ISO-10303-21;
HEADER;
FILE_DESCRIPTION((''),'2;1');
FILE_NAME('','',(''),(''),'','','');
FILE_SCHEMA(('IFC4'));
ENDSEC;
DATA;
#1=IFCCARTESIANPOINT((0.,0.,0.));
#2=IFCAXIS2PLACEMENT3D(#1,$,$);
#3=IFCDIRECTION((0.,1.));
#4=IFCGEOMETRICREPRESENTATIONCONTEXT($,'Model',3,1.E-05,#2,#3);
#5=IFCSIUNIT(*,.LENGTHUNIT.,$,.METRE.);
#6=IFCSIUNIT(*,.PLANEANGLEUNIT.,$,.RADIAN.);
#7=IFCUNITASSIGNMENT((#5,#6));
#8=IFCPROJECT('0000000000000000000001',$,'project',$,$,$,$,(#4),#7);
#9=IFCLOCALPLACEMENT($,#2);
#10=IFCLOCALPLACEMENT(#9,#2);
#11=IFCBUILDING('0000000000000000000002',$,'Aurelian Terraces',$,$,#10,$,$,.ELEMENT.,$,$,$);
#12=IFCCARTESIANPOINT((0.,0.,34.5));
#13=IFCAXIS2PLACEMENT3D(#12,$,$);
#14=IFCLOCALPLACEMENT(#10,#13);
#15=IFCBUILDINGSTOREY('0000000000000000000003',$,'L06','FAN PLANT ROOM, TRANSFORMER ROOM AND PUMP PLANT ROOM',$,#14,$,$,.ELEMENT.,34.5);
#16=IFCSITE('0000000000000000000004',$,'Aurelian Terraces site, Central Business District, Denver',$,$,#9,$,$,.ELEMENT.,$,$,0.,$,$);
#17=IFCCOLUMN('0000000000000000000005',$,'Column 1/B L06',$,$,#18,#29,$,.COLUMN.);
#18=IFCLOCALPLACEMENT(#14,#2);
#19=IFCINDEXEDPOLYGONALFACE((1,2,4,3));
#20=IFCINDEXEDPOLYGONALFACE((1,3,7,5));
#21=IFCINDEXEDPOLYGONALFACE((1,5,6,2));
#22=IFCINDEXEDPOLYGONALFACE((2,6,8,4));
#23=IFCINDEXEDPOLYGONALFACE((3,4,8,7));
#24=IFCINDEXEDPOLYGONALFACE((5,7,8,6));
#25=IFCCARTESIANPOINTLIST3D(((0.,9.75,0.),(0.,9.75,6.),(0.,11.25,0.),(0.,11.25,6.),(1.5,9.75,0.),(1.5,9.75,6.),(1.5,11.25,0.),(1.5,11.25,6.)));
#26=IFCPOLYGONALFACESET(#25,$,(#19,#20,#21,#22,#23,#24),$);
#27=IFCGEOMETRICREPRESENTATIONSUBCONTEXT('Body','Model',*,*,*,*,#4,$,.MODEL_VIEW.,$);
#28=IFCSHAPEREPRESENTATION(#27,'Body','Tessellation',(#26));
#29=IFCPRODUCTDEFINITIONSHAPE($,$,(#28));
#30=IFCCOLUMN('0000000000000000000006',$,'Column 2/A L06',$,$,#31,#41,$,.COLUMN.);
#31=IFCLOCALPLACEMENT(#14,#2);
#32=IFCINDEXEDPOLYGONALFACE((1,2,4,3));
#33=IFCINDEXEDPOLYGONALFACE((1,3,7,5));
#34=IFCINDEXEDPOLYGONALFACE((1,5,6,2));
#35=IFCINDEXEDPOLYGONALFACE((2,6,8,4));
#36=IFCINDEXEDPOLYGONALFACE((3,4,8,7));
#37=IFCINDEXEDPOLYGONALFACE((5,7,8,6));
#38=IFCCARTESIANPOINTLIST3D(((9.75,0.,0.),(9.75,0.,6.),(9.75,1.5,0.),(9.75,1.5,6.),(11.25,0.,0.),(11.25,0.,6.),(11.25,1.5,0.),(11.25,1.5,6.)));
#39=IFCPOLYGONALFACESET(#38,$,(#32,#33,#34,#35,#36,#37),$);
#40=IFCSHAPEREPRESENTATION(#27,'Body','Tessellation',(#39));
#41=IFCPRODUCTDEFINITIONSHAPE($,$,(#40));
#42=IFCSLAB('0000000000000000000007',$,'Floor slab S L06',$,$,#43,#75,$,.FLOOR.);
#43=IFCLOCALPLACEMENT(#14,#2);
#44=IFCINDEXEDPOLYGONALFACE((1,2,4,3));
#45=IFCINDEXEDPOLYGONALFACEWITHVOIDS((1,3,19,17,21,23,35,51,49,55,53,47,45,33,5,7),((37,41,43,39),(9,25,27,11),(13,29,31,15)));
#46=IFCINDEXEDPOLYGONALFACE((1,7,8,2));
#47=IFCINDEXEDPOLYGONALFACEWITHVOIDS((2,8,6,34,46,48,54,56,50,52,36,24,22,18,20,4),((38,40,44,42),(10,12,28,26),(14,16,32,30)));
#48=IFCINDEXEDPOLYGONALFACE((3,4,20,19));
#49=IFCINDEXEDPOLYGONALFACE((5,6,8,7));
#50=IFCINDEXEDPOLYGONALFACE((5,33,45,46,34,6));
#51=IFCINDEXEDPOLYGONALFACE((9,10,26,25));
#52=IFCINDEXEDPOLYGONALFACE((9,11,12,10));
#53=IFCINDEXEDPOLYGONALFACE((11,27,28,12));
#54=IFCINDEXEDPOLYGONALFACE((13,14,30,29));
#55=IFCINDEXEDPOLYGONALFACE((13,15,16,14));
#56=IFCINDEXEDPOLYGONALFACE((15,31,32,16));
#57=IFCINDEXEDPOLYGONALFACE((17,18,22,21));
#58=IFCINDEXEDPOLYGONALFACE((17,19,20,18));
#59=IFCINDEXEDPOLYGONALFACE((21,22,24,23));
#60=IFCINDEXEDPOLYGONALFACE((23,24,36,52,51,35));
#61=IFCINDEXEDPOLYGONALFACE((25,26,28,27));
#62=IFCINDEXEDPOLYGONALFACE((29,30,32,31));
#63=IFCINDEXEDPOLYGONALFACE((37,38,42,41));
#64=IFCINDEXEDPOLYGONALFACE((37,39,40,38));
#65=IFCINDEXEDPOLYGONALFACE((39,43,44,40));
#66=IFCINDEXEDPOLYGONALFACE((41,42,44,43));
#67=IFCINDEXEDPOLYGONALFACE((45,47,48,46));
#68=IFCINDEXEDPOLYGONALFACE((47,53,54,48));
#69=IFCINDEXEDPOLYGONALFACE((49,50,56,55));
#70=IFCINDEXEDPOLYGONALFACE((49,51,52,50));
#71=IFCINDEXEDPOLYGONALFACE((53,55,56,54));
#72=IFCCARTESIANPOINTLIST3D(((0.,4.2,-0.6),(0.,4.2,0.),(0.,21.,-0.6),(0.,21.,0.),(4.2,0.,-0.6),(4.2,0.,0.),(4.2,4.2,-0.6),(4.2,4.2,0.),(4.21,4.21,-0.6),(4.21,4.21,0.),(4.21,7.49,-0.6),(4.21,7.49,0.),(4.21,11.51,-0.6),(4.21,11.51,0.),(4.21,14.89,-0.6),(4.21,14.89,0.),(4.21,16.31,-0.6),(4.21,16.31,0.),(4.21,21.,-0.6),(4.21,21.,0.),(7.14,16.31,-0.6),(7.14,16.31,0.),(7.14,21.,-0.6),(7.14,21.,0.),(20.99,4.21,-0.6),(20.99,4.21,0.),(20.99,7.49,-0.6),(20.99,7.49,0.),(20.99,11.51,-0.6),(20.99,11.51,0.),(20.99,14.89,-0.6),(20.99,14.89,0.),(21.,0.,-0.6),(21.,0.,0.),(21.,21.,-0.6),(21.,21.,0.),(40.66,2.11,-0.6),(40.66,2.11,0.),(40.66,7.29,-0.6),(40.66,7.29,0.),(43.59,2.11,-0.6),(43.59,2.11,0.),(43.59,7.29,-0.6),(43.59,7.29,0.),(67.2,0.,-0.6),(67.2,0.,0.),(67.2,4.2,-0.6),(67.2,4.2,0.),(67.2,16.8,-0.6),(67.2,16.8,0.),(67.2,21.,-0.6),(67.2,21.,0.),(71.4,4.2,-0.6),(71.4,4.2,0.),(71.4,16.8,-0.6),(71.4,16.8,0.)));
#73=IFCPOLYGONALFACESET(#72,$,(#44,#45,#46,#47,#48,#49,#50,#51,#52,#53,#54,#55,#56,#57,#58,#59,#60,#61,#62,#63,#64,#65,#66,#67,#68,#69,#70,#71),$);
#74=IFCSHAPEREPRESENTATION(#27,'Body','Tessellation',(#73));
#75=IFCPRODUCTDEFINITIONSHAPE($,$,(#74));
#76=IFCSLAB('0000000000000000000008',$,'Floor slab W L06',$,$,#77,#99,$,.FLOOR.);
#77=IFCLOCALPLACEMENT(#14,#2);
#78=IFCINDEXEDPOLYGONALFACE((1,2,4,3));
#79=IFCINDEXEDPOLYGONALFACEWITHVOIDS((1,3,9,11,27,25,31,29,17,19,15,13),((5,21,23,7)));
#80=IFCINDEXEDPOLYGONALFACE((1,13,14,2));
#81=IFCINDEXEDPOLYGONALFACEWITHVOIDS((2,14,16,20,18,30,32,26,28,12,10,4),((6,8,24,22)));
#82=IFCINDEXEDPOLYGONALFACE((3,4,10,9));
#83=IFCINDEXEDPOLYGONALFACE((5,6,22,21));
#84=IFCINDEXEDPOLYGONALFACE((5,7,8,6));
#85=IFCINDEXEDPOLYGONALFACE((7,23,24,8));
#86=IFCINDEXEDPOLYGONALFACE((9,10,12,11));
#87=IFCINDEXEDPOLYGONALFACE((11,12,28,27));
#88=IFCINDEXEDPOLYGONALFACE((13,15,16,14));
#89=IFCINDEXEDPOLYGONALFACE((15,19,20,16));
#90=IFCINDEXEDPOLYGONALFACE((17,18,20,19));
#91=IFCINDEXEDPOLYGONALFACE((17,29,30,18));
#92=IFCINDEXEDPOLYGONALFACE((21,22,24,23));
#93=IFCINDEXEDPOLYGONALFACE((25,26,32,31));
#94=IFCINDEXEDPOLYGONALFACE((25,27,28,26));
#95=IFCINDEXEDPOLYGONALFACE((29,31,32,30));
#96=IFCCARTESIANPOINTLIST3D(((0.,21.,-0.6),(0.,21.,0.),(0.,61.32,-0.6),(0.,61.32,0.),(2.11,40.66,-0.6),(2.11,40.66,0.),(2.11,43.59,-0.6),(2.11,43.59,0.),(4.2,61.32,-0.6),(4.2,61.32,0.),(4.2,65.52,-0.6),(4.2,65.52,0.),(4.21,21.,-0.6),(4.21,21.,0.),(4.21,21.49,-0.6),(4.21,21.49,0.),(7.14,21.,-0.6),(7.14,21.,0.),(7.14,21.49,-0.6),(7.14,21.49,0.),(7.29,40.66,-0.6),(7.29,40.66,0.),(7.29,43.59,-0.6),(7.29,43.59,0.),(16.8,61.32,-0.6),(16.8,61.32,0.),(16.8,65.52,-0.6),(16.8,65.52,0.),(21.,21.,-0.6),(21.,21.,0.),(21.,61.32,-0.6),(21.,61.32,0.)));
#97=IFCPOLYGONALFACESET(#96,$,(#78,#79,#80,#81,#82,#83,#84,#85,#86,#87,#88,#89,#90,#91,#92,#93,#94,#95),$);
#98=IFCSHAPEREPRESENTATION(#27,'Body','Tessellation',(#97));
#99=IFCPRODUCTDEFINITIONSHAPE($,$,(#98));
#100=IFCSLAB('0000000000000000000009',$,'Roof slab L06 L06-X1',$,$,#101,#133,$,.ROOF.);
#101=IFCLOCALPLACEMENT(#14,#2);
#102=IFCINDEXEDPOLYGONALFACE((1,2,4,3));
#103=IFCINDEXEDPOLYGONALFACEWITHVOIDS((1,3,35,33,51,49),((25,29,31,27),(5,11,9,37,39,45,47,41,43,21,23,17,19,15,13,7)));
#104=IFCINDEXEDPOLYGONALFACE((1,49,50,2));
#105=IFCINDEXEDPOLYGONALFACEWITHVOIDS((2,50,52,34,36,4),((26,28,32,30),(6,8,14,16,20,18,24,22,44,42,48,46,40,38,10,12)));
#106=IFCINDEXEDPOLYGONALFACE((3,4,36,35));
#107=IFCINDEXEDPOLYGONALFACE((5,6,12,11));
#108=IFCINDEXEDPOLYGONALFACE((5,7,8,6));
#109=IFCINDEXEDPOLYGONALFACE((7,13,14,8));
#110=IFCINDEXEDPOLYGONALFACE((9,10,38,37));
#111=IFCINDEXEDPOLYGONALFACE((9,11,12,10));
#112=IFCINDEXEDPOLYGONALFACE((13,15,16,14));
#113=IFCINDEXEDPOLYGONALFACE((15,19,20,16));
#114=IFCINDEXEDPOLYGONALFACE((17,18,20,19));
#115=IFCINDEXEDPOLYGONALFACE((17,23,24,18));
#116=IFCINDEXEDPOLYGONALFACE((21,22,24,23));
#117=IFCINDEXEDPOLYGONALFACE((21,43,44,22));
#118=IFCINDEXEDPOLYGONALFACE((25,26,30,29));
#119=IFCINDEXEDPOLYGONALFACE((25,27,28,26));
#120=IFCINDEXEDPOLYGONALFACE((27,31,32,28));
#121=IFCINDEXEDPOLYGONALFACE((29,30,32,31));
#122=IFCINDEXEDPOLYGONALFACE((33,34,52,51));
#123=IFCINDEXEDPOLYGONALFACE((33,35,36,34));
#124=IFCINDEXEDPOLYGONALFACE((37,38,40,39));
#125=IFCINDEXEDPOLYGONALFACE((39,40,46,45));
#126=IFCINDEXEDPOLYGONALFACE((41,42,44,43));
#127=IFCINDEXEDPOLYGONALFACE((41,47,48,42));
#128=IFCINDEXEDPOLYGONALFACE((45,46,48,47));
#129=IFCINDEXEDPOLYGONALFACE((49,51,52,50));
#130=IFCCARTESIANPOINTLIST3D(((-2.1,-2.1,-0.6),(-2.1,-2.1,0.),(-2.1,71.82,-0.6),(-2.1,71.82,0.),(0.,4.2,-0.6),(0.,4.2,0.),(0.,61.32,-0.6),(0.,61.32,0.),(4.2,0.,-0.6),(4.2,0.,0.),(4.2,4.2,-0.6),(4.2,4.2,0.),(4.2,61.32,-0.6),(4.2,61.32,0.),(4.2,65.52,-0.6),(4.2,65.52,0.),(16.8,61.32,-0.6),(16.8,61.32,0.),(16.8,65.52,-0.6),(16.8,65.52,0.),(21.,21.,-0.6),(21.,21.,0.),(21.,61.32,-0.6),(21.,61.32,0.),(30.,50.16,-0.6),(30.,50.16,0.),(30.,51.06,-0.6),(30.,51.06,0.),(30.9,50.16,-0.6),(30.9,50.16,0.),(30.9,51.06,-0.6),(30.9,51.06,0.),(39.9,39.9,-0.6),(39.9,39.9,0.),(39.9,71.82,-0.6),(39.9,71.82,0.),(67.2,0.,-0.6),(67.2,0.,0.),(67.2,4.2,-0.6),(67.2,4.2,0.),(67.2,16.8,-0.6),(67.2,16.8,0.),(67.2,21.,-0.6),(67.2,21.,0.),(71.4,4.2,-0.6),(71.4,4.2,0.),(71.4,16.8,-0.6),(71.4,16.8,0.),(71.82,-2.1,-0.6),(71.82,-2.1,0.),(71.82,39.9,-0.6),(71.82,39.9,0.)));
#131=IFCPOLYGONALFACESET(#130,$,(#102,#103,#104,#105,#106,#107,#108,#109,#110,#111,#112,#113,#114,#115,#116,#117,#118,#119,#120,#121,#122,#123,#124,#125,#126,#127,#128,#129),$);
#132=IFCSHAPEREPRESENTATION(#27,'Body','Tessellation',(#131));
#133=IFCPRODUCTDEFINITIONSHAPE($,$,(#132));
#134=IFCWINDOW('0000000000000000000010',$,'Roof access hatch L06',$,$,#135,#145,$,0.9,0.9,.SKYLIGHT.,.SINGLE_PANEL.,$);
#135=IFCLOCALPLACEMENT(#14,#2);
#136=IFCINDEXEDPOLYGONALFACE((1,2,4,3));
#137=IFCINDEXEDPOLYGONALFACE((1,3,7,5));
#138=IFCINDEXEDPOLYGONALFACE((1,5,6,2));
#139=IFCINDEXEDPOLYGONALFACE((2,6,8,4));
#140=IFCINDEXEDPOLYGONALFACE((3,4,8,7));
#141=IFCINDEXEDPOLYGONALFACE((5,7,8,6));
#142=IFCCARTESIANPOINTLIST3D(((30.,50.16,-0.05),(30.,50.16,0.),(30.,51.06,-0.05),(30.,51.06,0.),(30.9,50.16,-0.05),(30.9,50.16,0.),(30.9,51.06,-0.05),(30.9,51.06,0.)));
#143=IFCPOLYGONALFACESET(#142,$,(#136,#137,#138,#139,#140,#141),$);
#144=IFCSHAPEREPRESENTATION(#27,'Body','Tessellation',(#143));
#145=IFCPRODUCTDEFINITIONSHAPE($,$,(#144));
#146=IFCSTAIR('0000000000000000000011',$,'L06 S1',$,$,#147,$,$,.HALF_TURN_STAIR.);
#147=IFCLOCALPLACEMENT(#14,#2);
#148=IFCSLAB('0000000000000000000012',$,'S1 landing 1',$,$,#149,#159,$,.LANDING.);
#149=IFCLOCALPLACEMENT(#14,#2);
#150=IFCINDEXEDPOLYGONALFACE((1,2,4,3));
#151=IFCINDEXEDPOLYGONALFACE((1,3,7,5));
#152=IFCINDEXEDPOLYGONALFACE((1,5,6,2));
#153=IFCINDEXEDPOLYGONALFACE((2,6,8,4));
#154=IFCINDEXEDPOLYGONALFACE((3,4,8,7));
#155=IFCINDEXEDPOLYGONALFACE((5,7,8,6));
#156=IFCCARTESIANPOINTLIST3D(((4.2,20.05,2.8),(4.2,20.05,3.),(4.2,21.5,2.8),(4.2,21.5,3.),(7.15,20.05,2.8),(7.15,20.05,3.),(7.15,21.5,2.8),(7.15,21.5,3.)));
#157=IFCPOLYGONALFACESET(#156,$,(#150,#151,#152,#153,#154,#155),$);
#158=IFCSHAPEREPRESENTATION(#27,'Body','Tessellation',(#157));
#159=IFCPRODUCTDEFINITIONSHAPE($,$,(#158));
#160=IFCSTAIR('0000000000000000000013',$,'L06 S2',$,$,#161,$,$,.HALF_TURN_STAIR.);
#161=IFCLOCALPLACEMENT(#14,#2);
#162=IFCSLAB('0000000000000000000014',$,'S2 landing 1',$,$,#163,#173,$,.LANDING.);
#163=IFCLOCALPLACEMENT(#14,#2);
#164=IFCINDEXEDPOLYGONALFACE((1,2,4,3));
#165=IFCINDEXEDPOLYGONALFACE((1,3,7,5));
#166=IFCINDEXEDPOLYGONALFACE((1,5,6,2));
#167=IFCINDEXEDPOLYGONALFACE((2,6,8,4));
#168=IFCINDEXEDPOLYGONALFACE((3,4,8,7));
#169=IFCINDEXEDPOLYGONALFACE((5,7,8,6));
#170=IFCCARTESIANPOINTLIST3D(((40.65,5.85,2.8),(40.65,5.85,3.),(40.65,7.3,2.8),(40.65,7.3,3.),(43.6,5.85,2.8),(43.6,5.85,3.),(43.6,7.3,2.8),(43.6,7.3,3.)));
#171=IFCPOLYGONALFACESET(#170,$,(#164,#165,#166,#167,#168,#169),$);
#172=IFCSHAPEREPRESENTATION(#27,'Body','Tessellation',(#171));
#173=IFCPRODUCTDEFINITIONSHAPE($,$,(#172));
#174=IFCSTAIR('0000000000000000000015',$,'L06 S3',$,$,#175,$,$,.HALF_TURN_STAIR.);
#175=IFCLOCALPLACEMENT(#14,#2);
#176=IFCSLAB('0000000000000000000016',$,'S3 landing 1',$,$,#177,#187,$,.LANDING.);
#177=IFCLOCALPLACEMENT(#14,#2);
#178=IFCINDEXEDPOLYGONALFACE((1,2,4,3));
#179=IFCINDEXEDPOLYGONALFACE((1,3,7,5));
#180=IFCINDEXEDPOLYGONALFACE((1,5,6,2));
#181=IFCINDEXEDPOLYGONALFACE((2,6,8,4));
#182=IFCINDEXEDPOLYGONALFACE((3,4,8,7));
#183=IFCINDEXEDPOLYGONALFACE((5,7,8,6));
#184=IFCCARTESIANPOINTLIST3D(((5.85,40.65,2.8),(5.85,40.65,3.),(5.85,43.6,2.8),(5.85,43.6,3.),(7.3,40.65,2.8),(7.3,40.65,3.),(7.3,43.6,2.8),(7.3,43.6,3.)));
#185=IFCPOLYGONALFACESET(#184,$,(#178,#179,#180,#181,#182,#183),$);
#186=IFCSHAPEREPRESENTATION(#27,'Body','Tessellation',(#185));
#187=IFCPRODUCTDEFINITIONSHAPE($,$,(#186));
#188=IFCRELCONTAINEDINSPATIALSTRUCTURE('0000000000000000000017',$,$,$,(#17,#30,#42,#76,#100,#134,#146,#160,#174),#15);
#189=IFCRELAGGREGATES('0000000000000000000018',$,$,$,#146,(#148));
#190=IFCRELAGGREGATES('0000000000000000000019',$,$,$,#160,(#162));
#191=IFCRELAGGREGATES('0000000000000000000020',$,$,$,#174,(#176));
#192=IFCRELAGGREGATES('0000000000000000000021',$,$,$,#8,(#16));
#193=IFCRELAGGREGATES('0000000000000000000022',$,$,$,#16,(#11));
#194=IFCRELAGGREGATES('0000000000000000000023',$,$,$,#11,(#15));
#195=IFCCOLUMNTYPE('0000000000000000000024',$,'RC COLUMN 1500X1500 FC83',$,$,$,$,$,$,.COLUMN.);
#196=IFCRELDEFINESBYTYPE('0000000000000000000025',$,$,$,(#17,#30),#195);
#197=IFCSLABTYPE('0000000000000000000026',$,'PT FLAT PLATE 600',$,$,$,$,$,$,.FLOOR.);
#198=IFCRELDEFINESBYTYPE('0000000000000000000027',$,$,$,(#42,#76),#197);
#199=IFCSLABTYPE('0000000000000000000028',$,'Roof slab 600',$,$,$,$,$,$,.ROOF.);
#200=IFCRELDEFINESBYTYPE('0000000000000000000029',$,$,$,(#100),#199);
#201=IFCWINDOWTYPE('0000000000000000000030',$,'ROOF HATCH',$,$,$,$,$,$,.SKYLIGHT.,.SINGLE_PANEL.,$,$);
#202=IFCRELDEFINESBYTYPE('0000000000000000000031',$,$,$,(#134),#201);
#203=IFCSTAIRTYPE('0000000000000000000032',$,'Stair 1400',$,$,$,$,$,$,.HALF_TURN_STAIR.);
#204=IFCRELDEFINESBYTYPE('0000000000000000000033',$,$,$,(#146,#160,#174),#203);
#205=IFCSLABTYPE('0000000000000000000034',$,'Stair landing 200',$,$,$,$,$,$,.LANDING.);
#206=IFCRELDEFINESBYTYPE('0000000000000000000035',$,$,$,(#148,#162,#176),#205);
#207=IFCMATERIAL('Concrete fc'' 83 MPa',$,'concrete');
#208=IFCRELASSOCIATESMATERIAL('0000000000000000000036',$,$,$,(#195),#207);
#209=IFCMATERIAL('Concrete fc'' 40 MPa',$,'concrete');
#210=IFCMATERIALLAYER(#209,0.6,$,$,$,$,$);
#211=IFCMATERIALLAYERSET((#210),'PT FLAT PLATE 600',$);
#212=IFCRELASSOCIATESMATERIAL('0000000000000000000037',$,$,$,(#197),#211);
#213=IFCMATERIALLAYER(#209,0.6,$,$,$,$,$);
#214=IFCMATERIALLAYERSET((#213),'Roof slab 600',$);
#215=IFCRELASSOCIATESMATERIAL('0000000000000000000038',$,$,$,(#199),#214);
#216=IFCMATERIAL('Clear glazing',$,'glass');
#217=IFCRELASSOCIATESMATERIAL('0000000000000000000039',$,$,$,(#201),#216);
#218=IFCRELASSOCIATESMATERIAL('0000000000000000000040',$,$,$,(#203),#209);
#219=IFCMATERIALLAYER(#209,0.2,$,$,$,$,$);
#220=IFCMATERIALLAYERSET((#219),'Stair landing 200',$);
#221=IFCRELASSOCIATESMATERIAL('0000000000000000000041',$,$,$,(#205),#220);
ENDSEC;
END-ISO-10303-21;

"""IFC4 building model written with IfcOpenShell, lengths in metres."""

from ifc_helpers import new_model, si_unit, direction, frame, origin, origin_2d, place, context, subcontext, project, spatial, polyline, rectangle, outline, extrude, source, transform, mapped, material, layer, layer_set, material_profile, profile_set, type_object, element, fill, aggregate, save


model = new_model("IFC4")

# Units and contexts
model_context = context("Model", 3, precision=1e-05, world=origin(), true_north=direction((0.0, 1.0)))
body_context = subcontext(model_context, "Body", "Model", "MODEL_VIEW")
ifc_project = project(units=[si_unit("LENGTHUNIT", "METRE"), si_unit("PLANEANGLEUNIT", "RADIAN")], contexts=[model_context])

# Site, building, storey
site_placement = place(None, origin())
site = spatial("IfcSite", under=ifc_project, at=site_placement, Name="Aurelian Terraces site, Central Business District, Denver", CompositionType="ELEMENT", RefElevation=0.0)
building_placement = place(site_placement, origin())
building = spatial("IfcBuilding", under=site, at=building_placement, Name="Aurelian Terraces", CompositionType="ELEMENT")
storey_placement = place(building_placement, frame((0.0, 0.0, 34.5)))
storey = spatial("IfcBuildingStorey", under=building, at=storey_placement, Name="L06", Description="FAN PLANT ROOM, TRANSFORMER ROOM AND PUMP PLANT ROOM", CompositionType="ELEMENT", Elevation=34.5)

# Columns
ifc_material_1 = material(Name="Concrete fc' 83 MPa", Category="concrete")
ifc_material_profile = material_profile(ifc_material_1, rectangle(XDim=1.5, YDim=1.5, at=origin_2d()))
ifc_profile_set = profile_set([ifc_material_profile], Name="Concrete fc' 83 MPa")
column_type = type_object("IfcColumnType", Name="RC COLUMN 1500X1500 FC83", PredefinedType="COLUMN", material=ifc_profile_set)
column_1_placement = place(storey_placement, frame((0.75, 10.5, 0.0), z_axis=(0.0, 0.0, 1.0), x_axis=(1.0, 0.0, 0.0)))
element("IfcColumn", 1, at=column_1_placement, inside=storey, type_object=column_type, Name="Column 1/B L06", PredefinedType="COLUMN", context=body_context, shape_type="SweptSolid", body=[
    extrude(rectangle(XDim=1.5, YDim=1.5, at=origin_2d()), origin(), (0.0, 0.0, 1.0), 6.0),
])
shared_shape_1 = source(origin(), body_context, "Body", "SweptSolid", [
    extrude(rectangle(XDim=1.5, YDim=1.5, at=origin_2d()), origin(), (0.0, 0.0, 1.0), 6.0),
])
column_2_placement = place(storey_placement, frame((10.5, 0.75, 0.0), z_axis=(0.0, 0.0, 1.0), x_axis=(1.0, 0.0, 0.0)))
element("IfcColumn", 2, at=column_2_placement, inside=storey, type_object=column_type, Name="Column 2/A L06", PredefinedType="COLUMN", context=body_context, shape_type="MappedRepresentation", body=[
    mapped(shared_shape_1, transform((0.0, 0.0, 0.0), scale=1.0)),
])

# Slabs
ifc_material_2 = material(Name="Concrete fc' 40 MPa", Category="concrete")
ifc_layer_1 = layer(ifc_material_2, 0.6)
ifc_layer_set_1 = layer_set([ifc_layer_1], Name="PT FLAT PLATE 600")
slab_type_1 = type_object("IfcSlabType", Name="PT FLAT PLATE 600", PredefinedType="FLOOR", material=ifc_layer_set_1)
slab_1_placement = place(storey_placement, frame((0.0, 0.0, -0.6)))
element("IfcSlab", 3, at=slab_1_placement, inside=storey, type_object=slab_type_1, Name="Floor slab S L06", PredefinedType="FLOOR", context=body_context, shape_type="SweptSolid", body=[
    extrude(outline(polyline([(67.2, 16.8), (71.4, 16.8), (71.4, 4.2), (67.2, 4.2), (67.2, 0.0), (21.0, 0.0), (4.2, 0.0), (4.2, 4.2), (0.0, 4.2), (0.0, 21.0), (4.21, 21.0), (4.21, 16.31), (7.14, 16.31), (7.14, 21.0), (21.0, 21.0), (67.2, 21.0), (67.2, 16.8)]), holes=[polyline([(40.66, 2.11), (43.59, 2.11), (43.59, 7.29), (40.66, 7.29), (40.66, 2.11)]), polyline([(4.21, 7.49), (4.21, 4.21), (20.99, 4.21), (20.99, 7.49), (4.21, 7.49)]), polyline([(4.21, 14.89), (4.21, 11.51), (20.99, 11.51), (20.99, 14.89), (4.21, 14.89)])]), origin(), (0.0, 0.0, 1.0), 0.6),
])
slab_2_placement = place(storey_placement, frame((0.0, 0.0, -0.6)))
element("IfcSlab", 4, at=slab_2_placement, inside=storey, type_object=slab_type_1, Name="Floor slab W L06", PredefinedType="FLOOR", context=body_context, shape_type="SweptSolid", body=[
    extrude(outline(polyline([(7.14, 21.0), (7.14, 21.49), (4.21, 21.49), (4.21, 21.0), (0.0, 21.0), (0.0, 61.32), (4.2, 61.32), (4.2, 65.52), (16.8, 65.52), (16.8, 61.32), (21.0, 61.32), (21.0, 21.0), (7.14, 21.0)]), holes=[polyline([(7.29, 43.59), (2.11, 43.59), (2.11, 40.66), (7.29, 40.66), (7.29, 43.59)])]), origin(), (0.0, 0.0, 1.0), 0.6),
])

# Slab, opening, window
ifc_layer_2 = layer(ifc_material_2, 0.6)
ifc_layer_set_2 = layer_set([ifc_layer_2], Name="Roof slab 600")
slab_type_2 = type_object("IfcSlabType", Name="Roof slab 600", PredefinedType="ROOF", material=ifc_layer_set_2)
slab_3_placement = place(storey_placement, frame((0.0, 0.0, -0.6)))
slab_3 = element("IfcSlab", 5, at=slab_3_placement, inside=storey, type_object=slab_type_2, Name="Roof slab L06 L06-X1", PredefinedType="ROOF", context=body_context, shape_type="SweptSolid", body=[
    extrude(outline(polyline([(71.82, -2.1), (39.9, -2.1), (-2.1, -2.1), (-2.1, 39.9), (-2.1, 71.82), (39.9, 71.82), (39.9, 39.9), (71.82, 39.9), (71.82, -2.1)]), holes=[polyline([(67.2, 21.0), (21.0, 21.0), (21.0, 61.32), (16.8, 61.32), (16.8, 65.52), (4.2, 65.52), (4.2, 61.32), (0.0, 61.32), (0.0, 21.0), (0.0, 4.2), (4.2, 4.2), (4.2, 0.0), (21.0, 0.0), (67.2, 0.0), (67.2, 4.2), (71.4, 4.2), (71.4, 16.8), (67.2, 16.8), (67.2, 21.0)])]), origin(), (0.0, 0.0, 1.0), 0.6),
])
opening_1_placement = place(slab_3_placement, frame((30.45, 50.61, 0.0)))
opening_1 = element("IfcOpeningElement", 6, at=opening_1_placement, cuts=slab_3, PredefinedType="OPENING", context=body_context, shape_type="SweptSolid", body=[
    extrude(rectangle(XDim=0.9, YDim=0.9, at=origin_2d()), frame((0.0, 0.0, -0.01)), (0.0, 0.0, 1.0), 0.62),
])
ifc_material_3 = material(Name="Clear glazing", Category="glass")
window_type = type_object("IfcWindowType", Name="ROOF HATCH", PartitioningType="SINGLE_PANEL", PredefinedType="SKYLIGHT", material=ifc_material_3)
window_placement = place(opening_1_placement, frame((0.0, 0.0, 0.55)))
window = element("IfcWindow", 7, at=window_placement, inside=storey, type_object=window_type, Name="Roof access hatch L06", OverallHeight=0.9, OverallWidth=0.9, PartitioningType="SINGLE_PANEL", PredefinedType="SKYLIGHT", context=body_context, shape_type="SweptSolid", body=[
    extrude(rectangle(XDim=0.9, YDim=0.9, at=origin_2d()), origin(), (0.0, 0.0, 1.0), 0.05),
])
fill(opening_1, window)

# Stairs, slabs
stair_type = type_object("IfcStairType", Name="Stair 1400", PredefinedType="HALF_TURN_STAIR", material=ifc_material_2)
stair_1_placement = place(storey_placement, origin())
stair_1 = element("IfcStair", 8, at=stair_1_placement, inside=storey, type_object=stair_type, Name="L06 S1", PredefinedType="HALF_TURN_STAIR")
ifc_layer_3 = layer(ifc_material_2, 0.2)
ifc_layer_set_3 = layer_set([ifc_layer_3], Name="Stair landing 200")
slab_type_3 = type_object("IfcSlabType", Name="Stair landing 200", PredefinedType="LANDING", material=ifc_layer_set_3)
slab_4_placement = place(storey_placement, frame((0.0, 0.0, 2.8)))
slab_4 = element("IfcSlab", 9, at=slab_4_placement, type_object=slab_type_3, Name="S1 landing 1", PredefinedType="LANDING", context=body_context, shape_type="SweptSolid", body=[
    extrude(outline(polyline([(7.15, 20.05), (7.15, 21.5), (4.2, 21.5), (4.2, 20.05), (7.15, 20.05)])), origin(), (0.0, 0.0, 1.0), 0.2),
])
aggregate(stair_1, [slab_4])
stair_2_placement = place(storey_placement, origin())
stair_2 = element("IfcStair", 10, at=stair_2_placement, inside=storey, type_object=stair_type, Name="L06 S2", PredefinedType="HALF_TURN_STAIR")
slab_5_placement = place(storey_placement, frame((0.0, 0.0, 2.8)))
slab_5 = element("IfcSlab", 11, at=slab_5_placement, type_object=slab_type_3, Name="S2 landing 1", PredefinedType="LANDING", context=body_context, shape_type="SweptSolid", body=[
    extrude(outline(polyline([(43.6, 5.85), (43.6, 7.3), (40.65, 7.3), (40.65, 5.85), (43.6, 5.85)])), origin(), (0.0, 0.0, 1.0), 0.2),
])
aggregate(stair_2, [slab_5])
stair_3_placement = place(storey_placement, origin())
stair_3 = element("IfcStair", 12, at=stair_3_placement, inside=storey, type_object=stair_type, Name="L06 S3", PredefinedType="HALF_TURN_STAIR")
slab_6_placement = place(storey_placement, frame((0.0, 0.0, 2.8)))
slab_6 = element("IfcSlab", 13, at=slab_6_placement, type_object=slab_type_3, Name="S3 landing 1", PredefinedType="LANDING", context=body_context, shape_type="SweptSolid", body=[
    extrude(outline(polyline([(5.85, 40.65), (7.3, 40.65), (7.3, 43.6), (5.85, 43.6), (5.85, 40.65)])), origin(), (0.0, 0.0, 1.0), 0.2),
])
aggregate(stair_3, [slab_6])

save(model, "model.ifc")
